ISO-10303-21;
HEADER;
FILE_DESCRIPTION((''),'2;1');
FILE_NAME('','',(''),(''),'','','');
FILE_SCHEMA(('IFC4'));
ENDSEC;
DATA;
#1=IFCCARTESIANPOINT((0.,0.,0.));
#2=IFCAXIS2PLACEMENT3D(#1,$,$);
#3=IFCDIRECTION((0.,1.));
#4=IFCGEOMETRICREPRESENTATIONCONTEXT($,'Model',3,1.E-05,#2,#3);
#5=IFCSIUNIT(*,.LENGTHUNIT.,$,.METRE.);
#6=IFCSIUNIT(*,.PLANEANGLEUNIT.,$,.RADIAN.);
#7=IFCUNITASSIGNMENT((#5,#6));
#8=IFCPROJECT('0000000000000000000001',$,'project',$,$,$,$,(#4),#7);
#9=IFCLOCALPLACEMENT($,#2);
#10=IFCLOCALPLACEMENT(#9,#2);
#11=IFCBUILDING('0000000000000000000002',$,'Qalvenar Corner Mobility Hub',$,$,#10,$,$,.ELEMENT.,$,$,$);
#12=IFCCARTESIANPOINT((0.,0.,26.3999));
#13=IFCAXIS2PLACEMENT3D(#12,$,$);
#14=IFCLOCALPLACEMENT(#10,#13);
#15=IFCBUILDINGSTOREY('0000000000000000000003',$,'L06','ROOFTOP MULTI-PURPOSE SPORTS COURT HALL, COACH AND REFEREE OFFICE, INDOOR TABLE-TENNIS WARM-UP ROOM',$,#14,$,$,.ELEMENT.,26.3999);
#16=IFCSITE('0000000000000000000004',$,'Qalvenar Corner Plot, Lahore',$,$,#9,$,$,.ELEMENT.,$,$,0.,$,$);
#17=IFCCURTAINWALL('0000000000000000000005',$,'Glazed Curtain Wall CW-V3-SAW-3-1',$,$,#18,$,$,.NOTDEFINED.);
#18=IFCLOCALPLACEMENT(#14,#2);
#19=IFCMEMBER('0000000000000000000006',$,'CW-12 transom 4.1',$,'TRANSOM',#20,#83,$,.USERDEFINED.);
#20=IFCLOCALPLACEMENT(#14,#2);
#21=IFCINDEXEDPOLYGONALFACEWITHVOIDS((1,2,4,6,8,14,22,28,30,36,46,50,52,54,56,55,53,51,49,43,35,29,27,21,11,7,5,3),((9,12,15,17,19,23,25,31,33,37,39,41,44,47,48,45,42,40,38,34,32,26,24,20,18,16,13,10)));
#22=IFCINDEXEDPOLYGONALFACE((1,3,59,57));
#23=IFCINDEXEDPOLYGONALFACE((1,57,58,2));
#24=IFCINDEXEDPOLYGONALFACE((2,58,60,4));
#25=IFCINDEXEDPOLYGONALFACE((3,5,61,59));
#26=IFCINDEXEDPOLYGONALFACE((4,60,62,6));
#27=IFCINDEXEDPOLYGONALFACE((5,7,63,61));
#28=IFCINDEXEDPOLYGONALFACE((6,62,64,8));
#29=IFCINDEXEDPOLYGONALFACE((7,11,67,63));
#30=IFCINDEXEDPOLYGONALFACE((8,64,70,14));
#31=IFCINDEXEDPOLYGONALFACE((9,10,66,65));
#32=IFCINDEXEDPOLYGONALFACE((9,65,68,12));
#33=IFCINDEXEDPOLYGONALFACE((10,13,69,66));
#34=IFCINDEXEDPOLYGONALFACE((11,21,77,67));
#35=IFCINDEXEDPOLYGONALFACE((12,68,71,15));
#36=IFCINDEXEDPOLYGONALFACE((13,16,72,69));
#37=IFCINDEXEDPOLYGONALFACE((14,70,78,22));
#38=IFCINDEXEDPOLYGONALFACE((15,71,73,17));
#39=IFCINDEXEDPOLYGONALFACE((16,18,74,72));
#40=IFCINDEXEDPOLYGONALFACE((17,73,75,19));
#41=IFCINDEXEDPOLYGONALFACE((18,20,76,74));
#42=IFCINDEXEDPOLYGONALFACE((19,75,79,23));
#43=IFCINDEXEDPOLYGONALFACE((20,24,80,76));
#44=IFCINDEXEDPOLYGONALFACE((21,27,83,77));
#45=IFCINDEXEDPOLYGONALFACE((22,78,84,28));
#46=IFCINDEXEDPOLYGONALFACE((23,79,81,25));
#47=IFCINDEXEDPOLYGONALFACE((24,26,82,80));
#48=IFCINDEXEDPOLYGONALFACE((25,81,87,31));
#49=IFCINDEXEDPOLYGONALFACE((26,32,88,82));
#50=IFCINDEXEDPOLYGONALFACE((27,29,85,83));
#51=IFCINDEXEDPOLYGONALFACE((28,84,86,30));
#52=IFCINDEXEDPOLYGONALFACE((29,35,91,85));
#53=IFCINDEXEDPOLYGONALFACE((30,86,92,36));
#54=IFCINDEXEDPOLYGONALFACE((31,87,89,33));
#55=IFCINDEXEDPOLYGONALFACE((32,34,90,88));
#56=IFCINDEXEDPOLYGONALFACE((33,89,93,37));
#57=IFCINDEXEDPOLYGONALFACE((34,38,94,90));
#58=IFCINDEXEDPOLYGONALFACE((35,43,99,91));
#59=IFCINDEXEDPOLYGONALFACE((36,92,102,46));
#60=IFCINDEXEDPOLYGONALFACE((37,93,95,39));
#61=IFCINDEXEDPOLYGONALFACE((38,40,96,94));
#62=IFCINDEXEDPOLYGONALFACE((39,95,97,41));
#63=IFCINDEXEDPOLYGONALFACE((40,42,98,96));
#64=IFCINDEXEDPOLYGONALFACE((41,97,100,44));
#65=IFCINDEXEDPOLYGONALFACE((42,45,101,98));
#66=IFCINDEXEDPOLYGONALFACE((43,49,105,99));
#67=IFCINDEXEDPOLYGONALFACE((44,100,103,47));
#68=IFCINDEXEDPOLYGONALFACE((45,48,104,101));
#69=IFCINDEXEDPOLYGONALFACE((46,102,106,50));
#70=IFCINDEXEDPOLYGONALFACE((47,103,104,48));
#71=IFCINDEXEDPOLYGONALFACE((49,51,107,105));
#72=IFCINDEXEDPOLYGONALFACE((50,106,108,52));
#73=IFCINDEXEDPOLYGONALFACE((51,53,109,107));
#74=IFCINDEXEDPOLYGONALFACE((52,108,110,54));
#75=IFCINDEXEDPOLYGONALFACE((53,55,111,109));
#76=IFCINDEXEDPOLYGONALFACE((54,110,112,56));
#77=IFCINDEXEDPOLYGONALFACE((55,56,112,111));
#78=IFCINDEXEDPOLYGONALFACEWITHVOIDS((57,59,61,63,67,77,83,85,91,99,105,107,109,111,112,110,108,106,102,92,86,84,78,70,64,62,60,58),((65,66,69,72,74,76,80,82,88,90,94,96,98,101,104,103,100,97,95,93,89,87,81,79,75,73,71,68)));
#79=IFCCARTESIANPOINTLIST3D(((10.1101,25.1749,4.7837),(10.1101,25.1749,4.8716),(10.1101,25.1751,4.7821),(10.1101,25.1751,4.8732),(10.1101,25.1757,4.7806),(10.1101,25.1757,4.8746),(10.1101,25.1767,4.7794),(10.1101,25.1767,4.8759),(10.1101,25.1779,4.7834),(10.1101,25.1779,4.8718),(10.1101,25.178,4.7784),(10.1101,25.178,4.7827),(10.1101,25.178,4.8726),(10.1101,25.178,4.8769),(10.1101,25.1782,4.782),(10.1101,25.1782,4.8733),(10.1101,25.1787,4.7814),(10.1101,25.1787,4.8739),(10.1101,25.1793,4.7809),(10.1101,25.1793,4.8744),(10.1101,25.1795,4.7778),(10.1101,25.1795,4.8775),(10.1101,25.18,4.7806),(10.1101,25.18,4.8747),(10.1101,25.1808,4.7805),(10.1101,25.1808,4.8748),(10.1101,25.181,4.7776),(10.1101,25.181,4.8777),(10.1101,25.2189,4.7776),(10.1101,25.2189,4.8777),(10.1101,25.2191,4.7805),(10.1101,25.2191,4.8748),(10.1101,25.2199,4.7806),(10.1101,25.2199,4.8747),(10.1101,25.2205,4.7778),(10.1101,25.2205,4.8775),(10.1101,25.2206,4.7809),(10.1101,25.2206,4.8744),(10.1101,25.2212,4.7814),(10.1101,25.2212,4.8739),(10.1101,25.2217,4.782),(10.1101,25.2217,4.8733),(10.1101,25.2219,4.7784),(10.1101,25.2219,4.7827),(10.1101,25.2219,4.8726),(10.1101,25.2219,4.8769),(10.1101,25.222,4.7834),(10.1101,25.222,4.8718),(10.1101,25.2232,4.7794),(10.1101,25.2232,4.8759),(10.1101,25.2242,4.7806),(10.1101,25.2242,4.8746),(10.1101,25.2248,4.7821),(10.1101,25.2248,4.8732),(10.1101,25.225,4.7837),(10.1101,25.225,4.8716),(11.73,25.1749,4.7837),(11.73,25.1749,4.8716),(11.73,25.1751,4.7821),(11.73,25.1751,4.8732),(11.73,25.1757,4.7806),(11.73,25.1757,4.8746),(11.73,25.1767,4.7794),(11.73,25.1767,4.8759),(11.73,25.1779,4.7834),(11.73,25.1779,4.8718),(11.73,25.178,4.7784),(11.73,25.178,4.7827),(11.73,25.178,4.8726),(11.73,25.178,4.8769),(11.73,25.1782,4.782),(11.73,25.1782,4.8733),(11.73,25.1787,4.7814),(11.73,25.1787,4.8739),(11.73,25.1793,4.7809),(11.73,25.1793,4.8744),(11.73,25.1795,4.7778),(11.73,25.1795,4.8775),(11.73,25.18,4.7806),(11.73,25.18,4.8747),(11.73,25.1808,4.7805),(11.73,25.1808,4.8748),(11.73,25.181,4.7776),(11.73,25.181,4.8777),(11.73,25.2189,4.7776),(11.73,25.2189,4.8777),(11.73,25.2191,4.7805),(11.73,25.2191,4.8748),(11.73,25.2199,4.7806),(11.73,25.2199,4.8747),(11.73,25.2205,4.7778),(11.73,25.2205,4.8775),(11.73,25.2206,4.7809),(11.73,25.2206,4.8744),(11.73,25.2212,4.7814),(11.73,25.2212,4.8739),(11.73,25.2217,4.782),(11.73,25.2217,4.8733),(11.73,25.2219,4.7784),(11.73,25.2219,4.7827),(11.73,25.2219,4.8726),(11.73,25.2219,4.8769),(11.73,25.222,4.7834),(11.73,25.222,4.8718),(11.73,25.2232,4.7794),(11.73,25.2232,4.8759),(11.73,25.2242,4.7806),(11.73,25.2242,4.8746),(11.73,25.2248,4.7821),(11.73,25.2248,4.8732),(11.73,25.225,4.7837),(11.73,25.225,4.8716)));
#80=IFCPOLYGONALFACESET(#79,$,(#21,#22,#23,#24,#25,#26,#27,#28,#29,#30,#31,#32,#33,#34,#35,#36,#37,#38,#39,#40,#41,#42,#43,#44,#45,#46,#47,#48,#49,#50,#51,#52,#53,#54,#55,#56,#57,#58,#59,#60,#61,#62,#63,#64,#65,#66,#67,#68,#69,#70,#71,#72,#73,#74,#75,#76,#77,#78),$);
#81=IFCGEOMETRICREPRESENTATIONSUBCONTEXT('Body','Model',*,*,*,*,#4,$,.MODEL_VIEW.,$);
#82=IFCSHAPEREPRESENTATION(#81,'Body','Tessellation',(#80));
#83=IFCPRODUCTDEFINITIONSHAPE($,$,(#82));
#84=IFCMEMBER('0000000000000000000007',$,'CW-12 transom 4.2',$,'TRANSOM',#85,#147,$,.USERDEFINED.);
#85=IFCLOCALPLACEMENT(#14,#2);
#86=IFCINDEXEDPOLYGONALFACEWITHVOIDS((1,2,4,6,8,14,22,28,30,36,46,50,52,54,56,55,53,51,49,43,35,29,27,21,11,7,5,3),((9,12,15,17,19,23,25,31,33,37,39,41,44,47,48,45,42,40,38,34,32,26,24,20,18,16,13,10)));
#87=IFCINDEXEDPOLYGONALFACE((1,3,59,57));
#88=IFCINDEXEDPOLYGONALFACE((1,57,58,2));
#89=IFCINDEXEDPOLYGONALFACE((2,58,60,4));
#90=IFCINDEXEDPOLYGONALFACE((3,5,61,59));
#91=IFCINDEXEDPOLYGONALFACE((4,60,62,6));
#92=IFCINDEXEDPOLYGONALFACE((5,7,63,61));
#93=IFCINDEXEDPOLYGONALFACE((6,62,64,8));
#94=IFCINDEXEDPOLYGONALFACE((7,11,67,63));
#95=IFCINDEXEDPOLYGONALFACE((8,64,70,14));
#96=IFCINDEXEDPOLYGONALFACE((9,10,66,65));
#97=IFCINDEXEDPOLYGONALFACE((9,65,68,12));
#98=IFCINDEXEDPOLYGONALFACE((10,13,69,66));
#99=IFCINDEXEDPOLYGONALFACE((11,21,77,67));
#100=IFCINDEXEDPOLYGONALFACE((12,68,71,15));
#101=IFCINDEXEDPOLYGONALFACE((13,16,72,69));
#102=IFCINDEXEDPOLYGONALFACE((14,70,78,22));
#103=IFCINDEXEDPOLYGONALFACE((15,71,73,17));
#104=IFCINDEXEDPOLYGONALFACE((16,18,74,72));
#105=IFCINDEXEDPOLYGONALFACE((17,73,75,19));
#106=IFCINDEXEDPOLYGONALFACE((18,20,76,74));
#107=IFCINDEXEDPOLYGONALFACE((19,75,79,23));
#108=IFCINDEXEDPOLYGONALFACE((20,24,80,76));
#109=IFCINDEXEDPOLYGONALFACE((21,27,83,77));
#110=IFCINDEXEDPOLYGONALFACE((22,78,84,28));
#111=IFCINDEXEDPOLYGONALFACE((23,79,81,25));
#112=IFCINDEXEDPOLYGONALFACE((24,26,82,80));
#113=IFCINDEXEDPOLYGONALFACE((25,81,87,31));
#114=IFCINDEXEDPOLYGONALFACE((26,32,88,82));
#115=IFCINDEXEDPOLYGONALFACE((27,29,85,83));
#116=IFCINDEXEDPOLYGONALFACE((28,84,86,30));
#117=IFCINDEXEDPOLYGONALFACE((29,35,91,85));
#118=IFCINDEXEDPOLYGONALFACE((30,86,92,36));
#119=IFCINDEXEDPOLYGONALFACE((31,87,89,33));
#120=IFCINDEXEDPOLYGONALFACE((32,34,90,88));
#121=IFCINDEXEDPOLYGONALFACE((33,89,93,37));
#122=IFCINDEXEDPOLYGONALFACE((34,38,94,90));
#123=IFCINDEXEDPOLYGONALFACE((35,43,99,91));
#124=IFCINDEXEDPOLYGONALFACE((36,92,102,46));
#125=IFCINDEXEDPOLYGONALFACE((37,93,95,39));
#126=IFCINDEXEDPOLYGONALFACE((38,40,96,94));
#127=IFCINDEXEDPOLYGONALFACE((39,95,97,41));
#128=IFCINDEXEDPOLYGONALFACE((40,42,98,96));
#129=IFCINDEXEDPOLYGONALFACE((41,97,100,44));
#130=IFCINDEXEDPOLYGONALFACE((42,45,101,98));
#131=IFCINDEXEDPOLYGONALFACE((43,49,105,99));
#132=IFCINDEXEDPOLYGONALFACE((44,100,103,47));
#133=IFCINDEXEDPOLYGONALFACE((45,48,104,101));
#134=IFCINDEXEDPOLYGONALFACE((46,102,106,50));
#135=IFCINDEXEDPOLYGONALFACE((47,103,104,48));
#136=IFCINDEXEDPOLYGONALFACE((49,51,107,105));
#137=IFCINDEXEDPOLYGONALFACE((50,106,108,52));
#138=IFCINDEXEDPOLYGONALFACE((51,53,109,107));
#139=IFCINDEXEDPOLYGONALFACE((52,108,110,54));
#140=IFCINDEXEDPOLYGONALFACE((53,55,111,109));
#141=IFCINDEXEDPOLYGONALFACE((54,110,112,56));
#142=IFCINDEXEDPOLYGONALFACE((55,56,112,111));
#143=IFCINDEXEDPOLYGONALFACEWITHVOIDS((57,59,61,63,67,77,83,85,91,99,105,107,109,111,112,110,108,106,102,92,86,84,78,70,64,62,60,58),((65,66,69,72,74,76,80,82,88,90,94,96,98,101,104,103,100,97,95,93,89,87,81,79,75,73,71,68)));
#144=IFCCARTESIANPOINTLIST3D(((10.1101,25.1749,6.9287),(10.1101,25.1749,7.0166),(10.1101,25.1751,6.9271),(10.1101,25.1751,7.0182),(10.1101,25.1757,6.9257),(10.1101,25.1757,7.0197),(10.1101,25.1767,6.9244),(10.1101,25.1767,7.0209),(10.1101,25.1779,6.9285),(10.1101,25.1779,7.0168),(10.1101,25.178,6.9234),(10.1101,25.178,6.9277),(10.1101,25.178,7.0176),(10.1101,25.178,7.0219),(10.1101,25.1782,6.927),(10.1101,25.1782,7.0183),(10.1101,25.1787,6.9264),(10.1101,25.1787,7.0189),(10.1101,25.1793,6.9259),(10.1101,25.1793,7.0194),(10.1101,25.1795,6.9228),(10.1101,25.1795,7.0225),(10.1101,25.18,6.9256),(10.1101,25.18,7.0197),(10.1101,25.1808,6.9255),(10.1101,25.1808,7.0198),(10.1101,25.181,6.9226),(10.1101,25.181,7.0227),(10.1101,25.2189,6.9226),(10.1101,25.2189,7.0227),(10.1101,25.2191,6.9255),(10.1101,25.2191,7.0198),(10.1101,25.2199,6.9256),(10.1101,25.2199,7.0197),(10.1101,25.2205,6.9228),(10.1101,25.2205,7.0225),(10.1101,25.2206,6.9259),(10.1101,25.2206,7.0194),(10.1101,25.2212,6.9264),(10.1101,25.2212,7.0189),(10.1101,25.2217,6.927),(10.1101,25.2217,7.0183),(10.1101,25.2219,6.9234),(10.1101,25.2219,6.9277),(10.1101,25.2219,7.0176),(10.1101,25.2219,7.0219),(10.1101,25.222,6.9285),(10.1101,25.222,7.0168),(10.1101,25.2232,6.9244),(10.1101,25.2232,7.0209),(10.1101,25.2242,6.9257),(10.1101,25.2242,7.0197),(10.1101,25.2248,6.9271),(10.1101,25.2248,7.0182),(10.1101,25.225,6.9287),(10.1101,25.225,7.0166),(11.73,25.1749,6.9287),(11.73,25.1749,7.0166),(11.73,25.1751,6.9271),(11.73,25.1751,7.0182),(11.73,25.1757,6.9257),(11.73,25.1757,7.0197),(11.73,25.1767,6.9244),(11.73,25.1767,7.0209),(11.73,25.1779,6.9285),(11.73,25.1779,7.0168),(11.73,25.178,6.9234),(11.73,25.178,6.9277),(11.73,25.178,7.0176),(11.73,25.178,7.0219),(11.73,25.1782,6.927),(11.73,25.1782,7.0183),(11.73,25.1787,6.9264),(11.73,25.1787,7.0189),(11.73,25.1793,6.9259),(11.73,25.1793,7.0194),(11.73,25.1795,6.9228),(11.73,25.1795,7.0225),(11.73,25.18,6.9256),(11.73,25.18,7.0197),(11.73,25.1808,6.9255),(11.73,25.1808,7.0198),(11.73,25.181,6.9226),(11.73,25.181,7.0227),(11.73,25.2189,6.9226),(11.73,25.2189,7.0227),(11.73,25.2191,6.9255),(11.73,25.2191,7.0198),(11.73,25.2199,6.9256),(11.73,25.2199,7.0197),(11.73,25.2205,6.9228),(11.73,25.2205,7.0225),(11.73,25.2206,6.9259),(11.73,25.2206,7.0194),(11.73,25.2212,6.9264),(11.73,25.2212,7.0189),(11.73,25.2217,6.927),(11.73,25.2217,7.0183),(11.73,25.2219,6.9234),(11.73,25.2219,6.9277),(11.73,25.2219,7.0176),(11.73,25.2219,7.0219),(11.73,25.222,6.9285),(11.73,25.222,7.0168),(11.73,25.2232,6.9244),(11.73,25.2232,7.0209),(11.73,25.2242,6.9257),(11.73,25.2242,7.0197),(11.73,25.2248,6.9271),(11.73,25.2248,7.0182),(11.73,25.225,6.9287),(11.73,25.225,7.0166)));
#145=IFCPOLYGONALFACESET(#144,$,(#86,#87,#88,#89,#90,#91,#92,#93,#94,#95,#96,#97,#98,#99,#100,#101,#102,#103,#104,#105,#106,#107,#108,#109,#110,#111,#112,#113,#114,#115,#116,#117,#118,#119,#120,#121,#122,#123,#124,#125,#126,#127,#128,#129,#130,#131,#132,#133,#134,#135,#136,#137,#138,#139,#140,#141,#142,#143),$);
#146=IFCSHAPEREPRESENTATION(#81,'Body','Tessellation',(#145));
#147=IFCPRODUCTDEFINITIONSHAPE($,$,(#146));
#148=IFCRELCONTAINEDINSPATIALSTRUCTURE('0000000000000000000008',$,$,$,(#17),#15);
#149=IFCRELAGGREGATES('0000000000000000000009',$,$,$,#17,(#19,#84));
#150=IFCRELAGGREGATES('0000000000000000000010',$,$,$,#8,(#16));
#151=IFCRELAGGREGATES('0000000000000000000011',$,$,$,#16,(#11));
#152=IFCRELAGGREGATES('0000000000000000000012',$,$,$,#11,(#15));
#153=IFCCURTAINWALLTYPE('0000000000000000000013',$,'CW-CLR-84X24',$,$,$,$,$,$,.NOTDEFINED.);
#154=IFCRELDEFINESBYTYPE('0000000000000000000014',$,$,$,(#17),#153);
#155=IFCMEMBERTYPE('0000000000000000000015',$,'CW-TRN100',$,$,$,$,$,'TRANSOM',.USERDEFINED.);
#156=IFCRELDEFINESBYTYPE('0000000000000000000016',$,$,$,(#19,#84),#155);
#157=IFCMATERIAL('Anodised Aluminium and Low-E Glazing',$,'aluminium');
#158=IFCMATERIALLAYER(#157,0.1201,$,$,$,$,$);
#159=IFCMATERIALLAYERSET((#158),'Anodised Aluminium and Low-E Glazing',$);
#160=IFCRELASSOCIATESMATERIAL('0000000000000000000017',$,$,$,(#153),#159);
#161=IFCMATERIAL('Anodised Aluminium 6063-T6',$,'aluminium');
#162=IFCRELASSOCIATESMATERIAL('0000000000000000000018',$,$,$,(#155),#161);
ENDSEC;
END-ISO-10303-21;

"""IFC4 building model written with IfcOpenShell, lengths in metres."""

from ifc_helpers import new_model, si_unit, direction, frame, origin, origin_2d, place, context, subcontext, project, spatial, hollow_rectangle, extrude, material, layer, layer_set, material_profile, profile_set, type_object, element, aggregate, save


model = new_model("IFC4")

# Units and contexts
model_context = context("Model", 3, precision=1e-05, world=origin(), true_north=direction((0.0, 1.0)))
body_context = subcontext(model_context, "Body", "Model", "MODEL_VIEW")
ifc_project = project(units=[si_unit("LENGTHUNIT", "METRE"), si_unit("PLANEANGLEUNIT", "RADIAN")], contexts=[model_context])

# Site, building, storey
site_placement = place(None, origin())
site = spatial("IfcSite", under=ifc_project, at=site_placement, Name="Qalvenar Corner Plot, Lahore", CompositionType="ELEMENT", RefElevation=0.0)
building_placement = place(site_placement, origin())
building = spatial("IfcBuilding", under=site, at=building_placement, Name="Qalvenar Corner Mobility Hub", CompositionType="ELEMENT")
storey_placement = place(building_placement, frame((0.0, 0.0, 26.3999)))
storey = spatial("IfcBuildingStorey", under=building, at=storey_placement, Name="L06", Description="ROOFTOP MULTI-PURPOSE SPORTS COURT HALL, COACH AND REFEREE OFFICE, INDOOR TABLE-TENNIS WARM-UP ROOM", CompositionType="ELEMENT", Elevation=26.3999)

# Curtain wall
ifc_material_1 = material(Name="Anodised Aluminium and Low-E Glazing", Category="aluminium")
ifc_layer_1 = layer(ifc_material_1, 0.1201)
ifc_layer_set_1 = layer_set([ifc_layer_1], Name="Anodised Aluminium and Low-E Glazing")
curtain_wall_type = type_object("IfcCurtainWallType", Name="CW-CLR-84X24", PredefinedType="NOTDEFINED", material=ifc_layer_set_1)
ifc_material_2 = material(Name="Anodised Aluminium 6063-T6", Category="aluminium")
curtain_wall_1_placement = place(storey_placement, origin())
curtain_wall_1 = element("IfcCurtainWall", 1, at=curtain_wall_1_placement, inside=storey, type_object=curtain_wall_type, Name="Glazed Curtain Wall CW-V3-SAW-3-1", PredefinedType="NOTDEFINED")

# Members
ifc_material_profile_1 = material_profile(ifc_material_2, hollow_rectangle(XDim=0.05, YDim=0.1001, WallThickness=0.0029, InnerFilletRadius=0.0029, OuterFilletRadius=0.0061, at=origin_2d()), Name="RHS100x50x3")
ifc_profile_set_1 = profile_set([ifc_material_profile_1], Name="Anodised Aluminium 6063-T6")
member_type_1 = type_object("IfcMemberType", Name="CW-TRN100", ElementType="TRANSOM", PredefinedType="USERDEFINED", material=ifc_profile_set_1)
member_1_placement = place(storey_placement, frame((11.73, 25.2, 4.8276), z_axis=(-1.0, 0.0, 0.0), x_axis=(0.0, -1.0, 0.0)))
member_1 = element("IfcMember", 2, at=member_1_placement, type_object=member_type_1, Name="CW-12 transom 4.1", ObjectType="TRANSOM", PredefinedType="USERDEFINED", context=body_context, shape_type="SweptSolid", body=[
    extrude(hollow_rectangle(XDim=0.05, YDim=0.1001, WallThickness=0.0029, InnerFilletRadius=0.0029, OuterFilletRadius=0.0061, at=origin_2d()), origin(), (0.0, 0.0, 1.0), 1.6199),
])
member_2_placement = place(storey_placement, frame((11.73, 25.2, 6.9727), z_axis=(-1.0, 0.0, 0.0), x_axis=(0.0, -1.0, 0.0)))
member_2 = element("IfcMember", 3, at=member_2_placement, type_object=member_type_1, Name="CW-12 transom 4.2", ObjectType="TRANSOM", PredefinedType="USERDEFINED", context=body_context, shape_type="SweptSolid", body=[
    extrude(hollow_rectangle(XDim=0.05, YDim=0.1001, WallThickness=0.0029, InnerFilletRadius=0.0029, OuterFilletRadius=0.0061, at=origin_2d()), origin(), (0.0, 0.0, 1.0), 1.6199),
])

aggregate(curtain_wall_1, [member_1, member_2])

save(model, "model.ifc")
